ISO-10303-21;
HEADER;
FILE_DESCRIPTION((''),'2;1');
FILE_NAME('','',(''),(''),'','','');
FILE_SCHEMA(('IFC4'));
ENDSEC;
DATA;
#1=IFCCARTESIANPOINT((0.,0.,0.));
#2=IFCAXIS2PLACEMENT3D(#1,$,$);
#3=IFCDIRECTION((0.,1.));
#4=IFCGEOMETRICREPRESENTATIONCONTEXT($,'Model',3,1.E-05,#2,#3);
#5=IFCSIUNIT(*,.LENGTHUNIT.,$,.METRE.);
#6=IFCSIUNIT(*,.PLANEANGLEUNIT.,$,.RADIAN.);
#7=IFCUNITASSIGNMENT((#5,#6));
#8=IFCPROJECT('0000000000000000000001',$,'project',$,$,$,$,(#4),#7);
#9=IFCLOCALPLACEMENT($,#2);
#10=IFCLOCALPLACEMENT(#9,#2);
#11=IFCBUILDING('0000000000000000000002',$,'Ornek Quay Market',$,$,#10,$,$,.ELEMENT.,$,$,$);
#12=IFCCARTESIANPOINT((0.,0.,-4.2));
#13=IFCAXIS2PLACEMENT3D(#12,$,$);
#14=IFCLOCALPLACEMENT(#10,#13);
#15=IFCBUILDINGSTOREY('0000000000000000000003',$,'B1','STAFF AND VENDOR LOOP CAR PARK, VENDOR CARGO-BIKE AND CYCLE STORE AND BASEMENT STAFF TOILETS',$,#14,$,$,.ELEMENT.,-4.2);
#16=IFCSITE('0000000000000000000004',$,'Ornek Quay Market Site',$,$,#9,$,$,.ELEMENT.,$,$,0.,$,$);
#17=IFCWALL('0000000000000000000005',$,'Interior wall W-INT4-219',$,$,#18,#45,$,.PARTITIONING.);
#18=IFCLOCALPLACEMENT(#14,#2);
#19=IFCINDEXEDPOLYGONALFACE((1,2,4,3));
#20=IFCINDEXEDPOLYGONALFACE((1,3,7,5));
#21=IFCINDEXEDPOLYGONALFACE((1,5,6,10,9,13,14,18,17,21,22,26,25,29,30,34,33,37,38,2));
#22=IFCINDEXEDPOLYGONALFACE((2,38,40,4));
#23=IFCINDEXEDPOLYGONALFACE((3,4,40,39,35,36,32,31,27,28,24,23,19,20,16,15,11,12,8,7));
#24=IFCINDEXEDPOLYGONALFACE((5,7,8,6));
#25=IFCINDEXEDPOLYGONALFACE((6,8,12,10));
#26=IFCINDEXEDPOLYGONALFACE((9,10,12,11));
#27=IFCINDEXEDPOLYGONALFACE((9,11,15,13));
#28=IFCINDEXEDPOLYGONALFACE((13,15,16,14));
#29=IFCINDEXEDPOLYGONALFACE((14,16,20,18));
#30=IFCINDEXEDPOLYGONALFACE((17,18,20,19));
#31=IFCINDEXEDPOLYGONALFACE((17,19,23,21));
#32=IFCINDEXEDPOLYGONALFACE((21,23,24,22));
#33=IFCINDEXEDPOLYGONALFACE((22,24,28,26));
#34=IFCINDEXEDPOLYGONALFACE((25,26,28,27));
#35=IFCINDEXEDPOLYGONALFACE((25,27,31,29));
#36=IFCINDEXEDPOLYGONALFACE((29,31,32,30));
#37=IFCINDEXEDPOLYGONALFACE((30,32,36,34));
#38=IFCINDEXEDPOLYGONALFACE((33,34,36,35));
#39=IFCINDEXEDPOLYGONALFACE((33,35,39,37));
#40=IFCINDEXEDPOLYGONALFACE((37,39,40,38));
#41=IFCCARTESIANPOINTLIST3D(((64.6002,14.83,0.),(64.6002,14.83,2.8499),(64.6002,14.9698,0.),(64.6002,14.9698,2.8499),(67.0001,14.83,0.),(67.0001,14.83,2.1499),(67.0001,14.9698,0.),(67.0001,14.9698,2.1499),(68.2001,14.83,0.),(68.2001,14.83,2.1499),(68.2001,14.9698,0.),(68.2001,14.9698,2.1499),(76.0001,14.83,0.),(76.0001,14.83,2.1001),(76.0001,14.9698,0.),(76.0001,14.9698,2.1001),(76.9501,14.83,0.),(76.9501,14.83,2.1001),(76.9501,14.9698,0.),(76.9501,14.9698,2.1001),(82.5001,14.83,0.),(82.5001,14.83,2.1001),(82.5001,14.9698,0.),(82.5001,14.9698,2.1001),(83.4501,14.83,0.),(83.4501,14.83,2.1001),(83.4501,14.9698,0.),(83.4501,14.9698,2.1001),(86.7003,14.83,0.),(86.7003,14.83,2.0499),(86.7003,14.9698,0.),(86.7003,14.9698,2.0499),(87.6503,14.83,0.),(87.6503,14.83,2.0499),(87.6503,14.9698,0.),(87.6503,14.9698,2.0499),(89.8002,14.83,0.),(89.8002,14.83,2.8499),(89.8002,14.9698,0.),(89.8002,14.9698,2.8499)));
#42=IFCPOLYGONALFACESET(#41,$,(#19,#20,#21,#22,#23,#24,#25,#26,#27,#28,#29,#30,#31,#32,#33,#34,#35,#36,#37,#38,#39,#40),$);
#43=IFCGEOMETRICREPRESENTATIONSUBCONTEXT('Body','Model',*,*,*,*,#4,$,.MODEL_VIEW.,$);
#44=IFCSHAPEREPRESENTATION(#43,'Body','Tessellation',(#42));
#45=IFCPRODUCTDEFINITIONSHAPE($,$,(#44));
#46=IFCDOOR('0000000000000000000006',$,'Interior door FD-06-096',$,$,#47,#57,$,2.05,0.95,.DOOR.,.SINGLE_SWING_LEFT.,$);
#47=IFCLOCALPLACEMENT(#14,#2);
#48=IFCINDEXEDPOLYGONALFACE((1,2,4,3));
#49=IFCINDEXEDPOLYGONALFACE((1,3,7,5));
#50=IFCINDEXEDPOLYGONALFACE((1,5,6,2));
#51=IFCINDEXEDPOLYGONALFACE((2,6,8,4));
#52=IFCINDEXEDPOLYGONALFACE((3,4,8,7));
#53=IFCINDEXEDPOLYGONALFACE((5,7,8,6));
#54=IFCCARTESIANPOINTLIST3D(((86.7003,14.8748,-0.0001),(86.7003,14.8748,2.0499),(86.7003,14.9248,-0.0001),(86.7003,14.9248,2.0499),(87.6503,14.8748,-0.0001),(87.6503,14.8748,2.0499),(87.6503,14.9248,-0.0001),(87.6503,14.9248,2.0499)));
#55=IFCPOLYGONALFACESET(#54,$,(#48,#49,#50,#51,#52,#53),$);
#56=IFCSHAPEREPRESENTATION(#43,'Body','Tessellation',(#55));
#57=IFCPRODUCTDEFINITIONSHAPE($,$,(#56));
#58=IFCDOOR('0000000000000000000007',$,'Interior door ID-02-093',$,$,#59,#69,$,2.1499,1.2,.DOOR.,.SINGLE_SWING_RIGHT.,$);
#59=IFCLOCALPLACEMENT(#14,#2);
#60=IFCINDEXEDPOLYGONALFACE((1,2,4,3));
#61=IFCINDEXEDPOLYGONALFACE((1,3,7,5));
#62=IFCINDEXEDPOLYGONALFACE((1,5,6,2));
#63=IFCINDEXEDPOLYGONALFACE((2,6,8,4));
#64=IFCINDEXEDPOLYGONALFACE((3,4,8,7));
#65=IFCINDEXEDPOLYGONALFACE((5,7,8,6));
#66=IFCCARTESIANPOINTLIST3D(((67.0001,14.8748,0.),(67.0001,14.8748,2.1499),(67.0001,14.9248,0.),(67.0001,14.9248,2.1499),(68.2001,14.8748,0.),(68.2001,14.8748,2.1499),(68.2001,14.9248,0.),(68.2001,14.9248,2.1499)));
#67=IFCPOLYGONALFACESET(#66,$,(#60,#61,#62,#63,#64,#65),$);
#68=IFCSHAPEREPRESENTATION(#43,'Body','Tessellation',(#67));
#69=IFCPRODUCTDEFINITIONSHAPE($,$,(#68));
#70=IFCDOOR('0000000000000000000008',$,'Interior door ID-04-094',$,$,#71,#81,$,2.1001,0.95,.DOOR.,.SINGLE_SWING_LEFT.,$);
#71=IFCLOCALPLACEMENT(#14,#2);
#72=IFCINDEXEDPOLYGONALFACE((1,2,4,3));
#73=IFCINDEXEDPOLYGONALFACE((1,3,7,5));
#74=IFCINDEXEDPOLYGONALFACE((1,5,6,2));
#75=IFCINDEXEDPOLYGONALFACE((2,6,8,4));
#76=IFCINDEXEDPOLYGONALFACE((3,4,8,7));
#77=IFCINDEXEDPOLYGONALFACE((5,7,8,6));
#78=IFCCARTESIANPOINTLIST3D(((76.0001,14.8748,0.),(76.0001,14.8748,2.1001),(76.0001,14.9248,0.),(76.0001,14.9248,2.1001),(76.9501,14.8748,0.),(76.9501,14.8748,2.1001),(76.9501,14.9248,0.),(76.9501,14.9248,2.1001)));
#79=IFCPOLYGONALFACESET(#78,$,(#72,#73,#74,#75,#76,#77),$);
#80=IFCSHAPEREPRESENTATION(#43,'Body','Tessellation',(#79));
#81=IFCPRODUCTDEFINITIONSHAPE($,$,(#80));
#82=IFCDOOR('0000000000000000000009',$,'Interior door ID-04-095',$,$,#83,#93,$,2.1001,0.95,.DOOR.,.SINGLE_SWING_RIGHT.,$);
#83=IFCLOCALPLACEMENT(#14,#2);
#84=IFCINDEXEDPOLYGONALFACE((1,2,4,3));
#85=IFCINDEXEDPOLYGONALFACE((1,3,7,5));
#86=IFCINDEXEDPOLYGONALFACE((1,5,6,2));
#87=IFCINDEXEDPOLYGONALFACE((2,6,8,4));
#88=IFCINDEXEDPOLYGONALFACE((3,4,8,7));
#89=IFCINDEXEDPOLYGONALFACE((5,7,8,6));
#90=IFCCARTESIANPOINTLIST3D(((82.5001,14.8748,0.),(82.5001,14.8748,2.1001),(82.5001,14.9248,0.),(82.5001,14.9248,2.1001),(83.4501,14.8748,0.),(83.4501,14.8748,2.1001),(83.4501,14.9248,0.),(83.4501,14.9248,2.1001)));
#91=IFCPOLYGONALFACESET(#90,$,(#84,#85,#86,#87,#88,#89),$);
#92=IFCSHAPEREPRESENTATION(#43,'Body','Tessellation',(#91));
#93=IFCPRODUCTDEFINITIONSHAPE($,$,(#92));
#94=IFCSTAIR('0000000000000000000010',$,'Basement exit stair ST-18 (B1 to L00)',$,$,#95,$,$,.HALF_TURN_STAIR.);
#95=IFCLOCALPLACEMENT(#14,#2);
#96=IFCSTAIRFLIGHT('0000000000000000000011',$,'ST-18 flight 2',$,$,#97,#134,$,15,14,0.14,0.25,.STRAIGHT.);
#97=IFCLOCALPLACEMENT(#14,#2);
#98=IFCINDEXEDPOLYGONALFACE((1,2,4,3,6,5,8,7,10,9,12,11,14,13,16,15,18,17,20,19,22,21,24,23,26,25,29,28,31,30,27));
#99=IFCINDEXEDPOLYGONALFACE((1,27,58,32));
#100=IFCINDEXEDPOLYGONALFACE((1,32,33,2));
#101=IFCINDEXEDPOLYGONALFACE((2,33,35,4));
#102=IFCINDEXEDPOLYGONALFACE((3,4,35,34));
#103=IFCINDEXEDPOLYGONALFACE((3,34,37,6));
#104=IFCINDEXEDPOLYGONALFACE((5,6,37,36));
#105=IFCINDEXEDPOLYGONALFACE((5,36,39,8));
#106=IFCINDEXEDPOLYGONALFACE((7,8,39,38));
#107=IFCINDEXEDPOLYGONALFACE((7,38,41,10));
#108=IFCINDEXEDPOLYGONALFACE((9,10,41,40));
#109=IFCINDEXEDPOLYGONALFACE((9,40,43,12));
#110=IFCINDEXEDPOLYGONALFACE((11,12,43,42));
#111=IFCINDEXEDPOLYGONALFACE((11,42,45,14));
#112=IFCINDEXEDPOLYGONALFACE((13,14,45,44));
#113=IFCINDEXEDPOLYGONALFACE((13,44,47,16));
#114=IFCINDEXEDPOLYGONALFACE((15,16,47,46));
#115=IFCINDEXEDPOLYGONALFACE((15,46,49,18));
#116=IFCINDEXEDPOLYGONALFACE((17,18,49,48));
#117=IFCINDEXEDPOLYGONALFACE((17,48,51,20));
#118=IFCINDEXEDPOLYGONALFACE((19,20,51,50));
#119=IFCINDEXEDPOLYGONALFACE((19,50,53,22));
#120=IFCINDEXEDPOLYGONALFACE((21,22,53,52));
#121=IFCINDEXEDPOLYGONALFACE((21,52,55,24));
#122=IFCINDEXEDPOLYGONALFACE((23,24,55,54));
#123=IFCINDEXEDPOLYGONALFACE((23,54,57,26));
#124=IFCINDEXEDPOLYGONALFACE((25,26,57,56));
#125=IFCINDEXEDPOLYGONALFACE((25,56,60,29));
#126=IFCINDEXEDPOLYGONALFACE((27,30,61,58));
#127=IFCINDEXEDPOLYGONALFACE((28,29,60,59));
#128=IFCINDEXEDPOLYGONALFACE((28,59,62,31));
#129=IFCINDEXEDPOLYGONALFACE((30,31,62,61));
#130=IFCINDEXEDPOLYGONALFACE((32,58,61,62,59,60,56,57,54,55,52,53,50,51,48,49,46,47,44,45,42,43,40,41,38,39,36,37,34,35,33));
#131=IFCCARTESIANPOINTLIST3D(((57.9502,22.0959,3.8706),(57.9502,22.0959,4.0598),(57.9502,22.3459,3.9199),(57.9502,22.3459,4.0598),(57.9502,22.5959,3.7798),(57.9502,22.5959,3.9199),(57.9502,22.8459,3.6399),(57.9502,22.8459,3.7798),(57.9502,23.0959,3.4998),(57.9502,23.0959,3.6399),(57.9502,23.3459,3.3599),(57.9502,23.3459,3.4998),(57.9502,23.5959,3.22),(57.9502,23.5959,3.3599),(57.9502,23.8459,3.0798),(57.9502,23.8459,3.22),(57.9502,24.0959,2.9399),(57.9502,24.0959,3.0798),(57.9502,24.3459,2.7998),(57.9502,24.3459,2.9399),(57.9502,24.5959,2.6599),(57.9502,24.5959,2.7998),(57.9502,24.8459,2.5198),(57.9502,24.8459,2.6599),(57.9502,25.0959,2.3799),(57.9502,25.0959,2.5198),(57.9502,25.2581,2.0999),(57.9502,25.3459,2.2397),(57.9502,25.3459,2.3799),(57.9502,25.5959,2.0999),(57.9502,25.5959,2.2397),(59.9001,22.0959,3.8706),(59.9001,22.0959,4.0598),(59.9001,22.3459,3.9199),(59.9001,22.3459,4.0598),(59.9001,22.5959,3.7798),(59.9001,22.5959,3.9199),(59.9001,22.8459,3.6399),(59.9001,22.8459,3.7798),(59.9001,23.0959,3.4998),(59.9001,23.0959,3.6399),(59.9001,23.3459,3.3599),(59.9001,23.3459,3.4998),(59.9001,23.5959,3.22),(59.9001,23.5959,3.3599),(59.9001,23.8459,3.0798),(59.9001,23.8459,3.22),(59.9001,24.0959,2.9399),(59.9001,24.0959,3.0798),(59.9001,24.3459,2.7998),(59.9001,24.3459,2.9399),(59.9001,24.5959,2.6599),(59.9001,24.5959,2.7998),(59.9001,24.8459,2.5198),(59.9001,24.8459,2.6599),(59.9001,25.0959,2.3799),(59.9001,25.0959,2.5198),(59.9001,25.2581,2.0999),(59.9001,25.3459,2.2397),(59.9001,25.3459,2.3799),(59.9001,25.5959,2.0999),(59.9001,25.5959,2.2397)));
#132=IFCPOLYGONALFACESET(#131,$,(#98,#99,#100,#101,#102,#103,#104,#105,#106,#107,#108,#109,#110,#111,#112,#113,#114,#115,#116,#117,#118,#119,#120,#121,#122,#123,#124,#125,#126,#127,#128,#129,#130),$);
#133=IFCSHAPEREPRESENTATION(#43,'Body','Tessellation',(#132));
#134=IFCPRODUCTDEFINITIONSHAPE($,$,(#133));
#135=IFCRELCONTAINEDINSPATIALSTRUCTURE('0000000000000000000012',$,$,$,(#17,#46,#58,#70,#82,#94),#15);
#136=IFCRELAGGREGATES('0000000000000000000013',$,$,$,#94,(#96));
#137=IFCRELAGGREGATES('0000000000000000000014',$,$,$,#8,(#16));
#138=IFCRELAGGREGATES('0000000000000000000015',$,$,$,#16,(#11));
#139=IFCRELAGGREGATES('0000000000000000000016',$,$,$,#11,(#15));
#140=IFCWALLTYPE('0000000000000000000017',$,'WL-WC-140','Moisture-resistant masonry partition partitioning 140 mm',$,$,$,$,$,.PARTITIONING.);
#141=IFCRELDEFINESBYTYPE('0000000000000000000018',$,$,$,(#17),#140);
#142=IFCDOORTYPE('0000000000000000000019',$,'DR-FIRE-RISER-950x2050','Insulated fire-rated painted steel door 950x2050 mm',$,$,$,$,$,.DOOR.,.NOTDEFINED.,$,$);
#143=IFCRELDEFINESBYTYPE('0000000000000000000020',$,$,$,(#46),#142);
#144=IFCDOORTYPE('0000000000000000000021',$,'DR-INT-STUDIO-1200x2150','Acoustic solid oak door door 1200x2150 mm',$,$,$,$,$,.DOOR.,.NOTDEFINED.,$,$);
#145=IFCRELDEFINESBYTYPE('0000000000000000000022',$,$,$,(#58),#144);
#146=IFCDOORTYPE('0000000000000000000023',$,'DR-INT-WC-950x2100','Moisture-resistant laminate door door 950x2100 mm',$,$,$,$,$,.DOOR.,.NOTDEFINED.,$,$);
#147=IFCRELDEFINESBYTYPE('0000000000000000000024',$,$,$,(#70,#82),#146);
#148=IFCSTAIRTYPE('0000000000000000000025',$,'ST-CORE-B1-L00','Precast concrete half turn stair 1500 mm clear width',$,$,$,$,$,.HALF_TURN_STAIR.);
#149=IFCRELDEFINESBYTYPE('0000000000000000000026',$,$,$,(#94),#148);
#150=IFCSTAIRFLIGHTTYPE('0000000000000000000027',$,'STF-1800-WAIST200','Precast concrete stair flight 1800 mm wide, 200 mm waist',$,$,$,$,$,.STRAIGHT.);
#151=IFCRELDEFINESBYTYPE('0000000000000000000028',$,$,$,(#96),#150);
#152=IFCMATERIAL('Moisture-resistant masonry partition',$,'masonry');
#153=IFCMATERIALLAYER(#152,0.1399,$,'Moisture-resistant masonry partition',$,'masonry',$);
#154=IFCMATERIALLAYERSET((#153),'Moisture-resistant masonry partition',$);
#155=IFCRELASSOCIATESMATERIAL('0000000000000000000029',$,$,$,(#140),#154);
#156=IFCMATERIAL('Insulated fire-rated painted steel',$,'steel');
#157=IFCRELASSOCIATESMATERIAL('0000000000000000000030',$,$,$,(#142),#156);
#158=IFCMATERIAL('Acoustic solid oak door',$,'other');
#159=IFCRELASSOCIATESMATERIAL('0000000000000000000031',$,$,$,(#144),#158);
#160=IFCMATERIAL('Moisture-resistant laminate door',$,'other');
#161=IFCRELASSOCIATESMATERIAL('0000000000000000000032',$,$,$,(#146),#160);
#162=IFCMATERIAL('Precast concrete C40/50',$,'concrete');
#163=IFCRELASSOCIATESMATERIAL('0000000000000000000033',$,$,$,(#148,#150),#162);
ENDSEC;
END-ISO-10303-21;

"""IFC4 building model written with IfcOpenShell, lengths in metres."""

from ifc_helpers import new_model, si_unit, direction, frame, frame_2d, origin, place, context, subcontext, project, spatial, polyline, rectangle, outline, extrude, material, layer, layer_set, type_object, element, fill, aggregate, save


model = new_model("IFC4")

# Units and contexts
model_context = context("Model", 3, precision=1e-05, world=origin(), true_north=direction((0.0, 1.0)))
body_context = subcontext(model_context, "Body", "Model", "MODEL_VIEW")
ifc_project = project(units=[si_unit("LENGTHUNIT", "METRE"), si_unit("PLANEANGLEUNIT", "RADIAN")], contexts=[model_context])

# Site, building, storey
site_placement = place(None, origin())
site = spatial("IfcSite", under=ifc_project, at=site_placement, Name="Ornek Quay Market Site", CompositionType="ELEMENT", RefElevation=0.0)
building_placement = place(site_placement, origin())
building = spatial("IfcBuilding", under=site, at=building_placement, Name="Ornek Quay Market", CompositionType="ELEMENT")
storey_placement = place(building_placement, frame((0.0, 0.0, -4.2)))
storey = spatial("IfcBuildingStorey", under=building, at=storey_placement, Name="B1", Description="STAFF AND VENDOR LOOP CAR PARK, VENDOR CARGO-BIKE AND CYCLE STORE AND BASEMENT STAFF TOILETS", CompositionType="ELEMENT", Elevation=-4.2)

# Shared definitions
ifc_material_1 = material(Name="Insulated fire-rated painted steel", Category="steel")

# Wall, openings, doors
ifc_material_2 = material(Name="Moisture-resistant masonry partition", Category="masonry")
ifc_layer_1 = layer(ifc_material_2, 0.1399, Name="Moisture-resistant masonry partition", Category="masonry")
ifc_layer_set_1 = layer_set([ifc_layer_1], Name="Moisture-resistant masonry partition")
wall_type_1 = type_object("IfcWallType", Name="WL-WC-140", Description="Moisture-resistant masonry partition partitioning 140 mm", PredefinedType="PARTITIONING", material=ifc_layer_set_1)
wall_1_placement = place(storey_placement, frame((64.6001, 14.8999, 0.0), z_axis=(0.0, 0.0, 1.0), x_axis=(1.0, 0.0, 0.0)))
wall_1 = element("IfcWall", 1, at=wall_1_placement, inside=storey, type_object=wall_type_1, Name="Interior wall W-INT4-219", PredefinedType="PARTITIONING", context=body_context, shape_type="SweptSolid", body=[
    extrude(rectangle(XDim=25.2, YDim=0.1399, at=frame_2d((12.6001, 0.0))), origin(), (0.0, 0.0, 1.0), 2.8499),
])
opening_1_placement = place(wall_1_placement, frame((2.3999, 0.0, 0.0)))
opening_1 = element("IfcOpeningElement", 2, at=opening_1_placement, cuts=wall_1, PredefinedType="OPENING", context=body_context, shape_type="SweptSolid", body=[
    extrude(rectangle(XDim=1.2, YDim=2.1499, at=frame_2d((0.6001, 1.075))), frame((0.0, 0.0798, 0.0), z_axis=(0.0, -1.0, 0.0), x_axis=(1.0, 0.0, 0.0)), (0.0, 0.0, 1.0), 0.1599),
])
opening_2_placement = place(wall_1_placement, frame((11.3999, 0.0, 0.0)))
opening_2 = element("IfcOpeningElement", 3, at=opening_2_placement, cuts=wall_1, PredefinedType="OPENING", context=body_context, shape_type="SweptSolid", body=[
    extrude(rectangle(XDim=0.95, YDim=2.1001, at=frame_2d((0.4751, 1.05))), frame((0.0, 0.0798, 0.0), z_axis=(0.0, -1.0, 0.0), x_axis=(1.0, 0.0, 0.0)), (0.0, 0.0, 1.0), 0.1599),
])
opening_3_placement = place(wall_1_placement, frame((17.8999, 0.0, 0.0)))
opening_3 = element("IfcOpeningElement", 4, at=opening_3_placement, cuts=wall_1, PredefinedType="OPENING", context=body_context, shape_type="SweptSolid", body=[
    extrude(rectangle(XDim=0.95, YDim=2.1001, at=frame_2d((0.4751, 1.05))), frame((0.0, 0.0798, 0.0), z_axis=(0.0, -1.0, 0.0), x_axis=(1.0, 0.0, 0.0)), (0.0, 0.0, 1.0), 0.1599),
])
opening_4_placement = place(wall_1_placement, frame((22.1001, 0.0, 0.0)))
opening_4 = element("IfcOpeningElement", 5, at=opening_4_placement, cuts=wall_1, PredefinedType="OPENING", context=body_context, shape_type="SweptSolid", body=[
    extrude(rectangle(XDim=0.95, YDim=2.05, at=frame_2d((0.4751, 1.0249))), frame((0.0, 0.0798, 0.0), z_axis=(0.0, -1.0, 0.0), x_axis=(1.0, 0.0, 0.0)), (0.0, 0.0, 1.0), 0.1599),
])
door_type_1 = type_object("IfcDoorType", Name="DR-FIRE-RISER-950x2050", Description="Insulated fire-rated painted steel door 950x2050 mm", OperationType="NOTDEFINED", PredefinedType="DOOR", material=ifc_material_1)
door_1_placement = place(opening_4_placement, origin())
door_1 = element("IfcDoor", 6, at=door_1_placement, inside=storey, type_object=door_type_1, Name="Interior door FD-06-096", OperationType="SINGLE_SWING_LEFT", OverallHeight=2.05, OverallWidth=0.95, PredefinedType="DOOR", context=body_context, shape_type="SweptSolid", body=[
    extrude(rectangle(XDim=0.95, YDim=2.05, at=frame_2d((0.4751, 1.0249))), frame((0.0, 0.0249, 0.0), z_axis=(0.0, -1.0, 0.0), x_axis=(1.0, 0.0, 0.0)), (0.0, 0.0, 1.0), 0.05),
])
fill(opening_4, door_1)
ifc_material_3 = material(Name="Acoustic solid oak door", Category="other")
door_type_2 = type_object("IfcDoorType", Name="DR-INT-STUDIO-1200x2150", Description="Acoustic solid oak door door 1200x2150 mm", OperationType="NOTDEFINED", PredefinedType="DOOR", material=ifc_material_3)
door_2_placement = place(opening_1_placement, origin())
door_2 = element("IfcDoor", 7, at=door_2_placement, inside=storey, type_object=door_type_2, Name="Interior door ID-02-093", OperationType="SINGLE_SWING_RIGHT", OverallHeight=2.1499, OverallWidth=1.2, PredefinedType="DOOR", context=body_context, shape_type="SweptSolid", body=[
    extrude(rectangle(XDim=1.2, YDim=2.1499, at=frame_2d((0.6001, 1.075))), frame((0.0, 0.0249, 0.0), z_axis=(0.0, -1.0, 0.0), x_axis=(1.0, 0.0, 0.0)), (0.0, 0.0, 1.0), 0.05),
])
fill(opening_1, door_2)
ifc_material_4 = material(Name="Moisture-resistant laminate door", Category="other")
door_type_3 = type_object("IfcDoorType", Name="DR-INT-WC-950x2100", Description="Moisture-resistant laminate door door 950x2100 mm", OperationType="NOTDEFINED", PredefinedType="DOOR", material=ifc_material_4)
door_3_placement = place(opening_2_placement, origin())
door_3 = element("IfcDoor", 8, at=door_3_placement, inside=storey, type_object=door_type_3, Name="Interior door ID-04-094", OperationType="SINGLE_SWING_LEFT", OverallHeight=2.1001, OverallWidth=0.95, PredefinedType="DOOR", context=body_context, shape_type="SweptSolid", body=[
    extrude(rectangle(XDim=0.95, YDim=2.1001, at=frame_2d((0.4751, 1.05))), frame((0.0, 0.0249, 0.0), z_axis=(0.0, -1.0, 0.0), x_axis=(1.0, 0.0, 0.0)), (0.0, 0.0, 1.0), 0.05),
])
fill(opening_2, door_3)
door_4_placement = place(opening_3_placement, origin())
door_4 = element("IfcDoor", 9, at=door_4_placement, inside=storey, type_object=door_type_3, Name="Interior door ID-04-095", OperationType="SINGLE_SWING_RIGHT", OverallHeight=2.1001, OverallWidth=0.95, PredefinedType="DOOR", context=body_context, shape_type="SweptSolid", body=[
    extrude(rectangle(XDim=0.95, YDim=2.1001, at=frame_2d((0.4751, 1.05))), frame((0.0, 0.0249, 0.0), z_axis=(0.0, -1.0, 0.0), x_axis=(1.0, 0.0, 0.0)), (0.0, 0.0, 1.0), 0.05),
])
fill(opening_3, door_4)

# Stair, stair flight
ifc_material_5 = material(Name="Precast concrete C40/50", Category="concrete")
stair_type = type_object("IfcStairType", Name="ST-CORE-B1-L00", Description="Precast concrete half turn stair 1500 mm clear width", PredefinedType="HALF_TURN_STAIR", material=ifc_material_5)
stair_placement = place(storey_placement, origin())
stair = element("IfcStair", 10, at=stair_placement, inside=storey, type_object=stair_type, Name="Basement exit stair ST-18 (B1 to L00)", PredefinedType="HALF_TURN_STAIR")
stair_flight_type = type_object("IfcStairFlightType", Name="STF-1800-WAIST200", Description="Precast concrete stair flight 1800 mm wide, 200 mm waist", PredefinedType="STRAIGHT", material=ifc_material_5)
stair_flight_placement = place(storey_placement, frame((58.925, 25.5959, 2.0999), z_axis=(0.0, 0.0, 1.0), x_axis=(0.0, -1.0, 0.0)))
stair_flight = element("IfcStairFlight", 11, at=stair_flight_placement, type_object=stair_flight_type, Name="ST-18 flight 2", NumberOfRisers=15, NumberOfTreads=14, PredefinedType="STRAIGHT", RiserHeight=0.14, TreadLength=0.25, context=body_context, shape_type="SweptSolid", body=[
    extrude(outline(polyline([(0.0, 0.0), (0.0, 0.1399), (0.25, 0.1399), (0.25, 0.28), (0.5, 0.28), (0.5, 0.4199), (0.75, 0.4199), (0.75, 0.5601), (1.0, 0.5601), (1.0, 0.7), (1.25, 0.7), (1.25, 0.8401), (1.5, 0.8401), (1.5, 0.98), (1.75, 0.98), (1.75, 1.1201), (2.0, 1.1201), (2.0, 1.26), (2.25, 1.26), (2.25, 1.3999), (2.5, 1.3999), (2.5, 1.54), (2.75, 1.54), (2.75, 1.6799), (3.0, 1.6799), (3.0, 1.8201), (3.25, 1.8201), (3.25, 1.96), (3.5, 1.96), (3.5, 2.1001), (3.5, 1.7708), (0.3379, 0.0), (0.0, 0.0)])), frame((0.0, 0.9751, 0.0), z_axis=(0.0, -1.0, 0.0), x_axis=(1.0, 0.0, 0.0)), (0.0, 0.0, 1.0), 1.95),
])
aggregate(stair, [stair_flight])

save(model, "model.ifc")
